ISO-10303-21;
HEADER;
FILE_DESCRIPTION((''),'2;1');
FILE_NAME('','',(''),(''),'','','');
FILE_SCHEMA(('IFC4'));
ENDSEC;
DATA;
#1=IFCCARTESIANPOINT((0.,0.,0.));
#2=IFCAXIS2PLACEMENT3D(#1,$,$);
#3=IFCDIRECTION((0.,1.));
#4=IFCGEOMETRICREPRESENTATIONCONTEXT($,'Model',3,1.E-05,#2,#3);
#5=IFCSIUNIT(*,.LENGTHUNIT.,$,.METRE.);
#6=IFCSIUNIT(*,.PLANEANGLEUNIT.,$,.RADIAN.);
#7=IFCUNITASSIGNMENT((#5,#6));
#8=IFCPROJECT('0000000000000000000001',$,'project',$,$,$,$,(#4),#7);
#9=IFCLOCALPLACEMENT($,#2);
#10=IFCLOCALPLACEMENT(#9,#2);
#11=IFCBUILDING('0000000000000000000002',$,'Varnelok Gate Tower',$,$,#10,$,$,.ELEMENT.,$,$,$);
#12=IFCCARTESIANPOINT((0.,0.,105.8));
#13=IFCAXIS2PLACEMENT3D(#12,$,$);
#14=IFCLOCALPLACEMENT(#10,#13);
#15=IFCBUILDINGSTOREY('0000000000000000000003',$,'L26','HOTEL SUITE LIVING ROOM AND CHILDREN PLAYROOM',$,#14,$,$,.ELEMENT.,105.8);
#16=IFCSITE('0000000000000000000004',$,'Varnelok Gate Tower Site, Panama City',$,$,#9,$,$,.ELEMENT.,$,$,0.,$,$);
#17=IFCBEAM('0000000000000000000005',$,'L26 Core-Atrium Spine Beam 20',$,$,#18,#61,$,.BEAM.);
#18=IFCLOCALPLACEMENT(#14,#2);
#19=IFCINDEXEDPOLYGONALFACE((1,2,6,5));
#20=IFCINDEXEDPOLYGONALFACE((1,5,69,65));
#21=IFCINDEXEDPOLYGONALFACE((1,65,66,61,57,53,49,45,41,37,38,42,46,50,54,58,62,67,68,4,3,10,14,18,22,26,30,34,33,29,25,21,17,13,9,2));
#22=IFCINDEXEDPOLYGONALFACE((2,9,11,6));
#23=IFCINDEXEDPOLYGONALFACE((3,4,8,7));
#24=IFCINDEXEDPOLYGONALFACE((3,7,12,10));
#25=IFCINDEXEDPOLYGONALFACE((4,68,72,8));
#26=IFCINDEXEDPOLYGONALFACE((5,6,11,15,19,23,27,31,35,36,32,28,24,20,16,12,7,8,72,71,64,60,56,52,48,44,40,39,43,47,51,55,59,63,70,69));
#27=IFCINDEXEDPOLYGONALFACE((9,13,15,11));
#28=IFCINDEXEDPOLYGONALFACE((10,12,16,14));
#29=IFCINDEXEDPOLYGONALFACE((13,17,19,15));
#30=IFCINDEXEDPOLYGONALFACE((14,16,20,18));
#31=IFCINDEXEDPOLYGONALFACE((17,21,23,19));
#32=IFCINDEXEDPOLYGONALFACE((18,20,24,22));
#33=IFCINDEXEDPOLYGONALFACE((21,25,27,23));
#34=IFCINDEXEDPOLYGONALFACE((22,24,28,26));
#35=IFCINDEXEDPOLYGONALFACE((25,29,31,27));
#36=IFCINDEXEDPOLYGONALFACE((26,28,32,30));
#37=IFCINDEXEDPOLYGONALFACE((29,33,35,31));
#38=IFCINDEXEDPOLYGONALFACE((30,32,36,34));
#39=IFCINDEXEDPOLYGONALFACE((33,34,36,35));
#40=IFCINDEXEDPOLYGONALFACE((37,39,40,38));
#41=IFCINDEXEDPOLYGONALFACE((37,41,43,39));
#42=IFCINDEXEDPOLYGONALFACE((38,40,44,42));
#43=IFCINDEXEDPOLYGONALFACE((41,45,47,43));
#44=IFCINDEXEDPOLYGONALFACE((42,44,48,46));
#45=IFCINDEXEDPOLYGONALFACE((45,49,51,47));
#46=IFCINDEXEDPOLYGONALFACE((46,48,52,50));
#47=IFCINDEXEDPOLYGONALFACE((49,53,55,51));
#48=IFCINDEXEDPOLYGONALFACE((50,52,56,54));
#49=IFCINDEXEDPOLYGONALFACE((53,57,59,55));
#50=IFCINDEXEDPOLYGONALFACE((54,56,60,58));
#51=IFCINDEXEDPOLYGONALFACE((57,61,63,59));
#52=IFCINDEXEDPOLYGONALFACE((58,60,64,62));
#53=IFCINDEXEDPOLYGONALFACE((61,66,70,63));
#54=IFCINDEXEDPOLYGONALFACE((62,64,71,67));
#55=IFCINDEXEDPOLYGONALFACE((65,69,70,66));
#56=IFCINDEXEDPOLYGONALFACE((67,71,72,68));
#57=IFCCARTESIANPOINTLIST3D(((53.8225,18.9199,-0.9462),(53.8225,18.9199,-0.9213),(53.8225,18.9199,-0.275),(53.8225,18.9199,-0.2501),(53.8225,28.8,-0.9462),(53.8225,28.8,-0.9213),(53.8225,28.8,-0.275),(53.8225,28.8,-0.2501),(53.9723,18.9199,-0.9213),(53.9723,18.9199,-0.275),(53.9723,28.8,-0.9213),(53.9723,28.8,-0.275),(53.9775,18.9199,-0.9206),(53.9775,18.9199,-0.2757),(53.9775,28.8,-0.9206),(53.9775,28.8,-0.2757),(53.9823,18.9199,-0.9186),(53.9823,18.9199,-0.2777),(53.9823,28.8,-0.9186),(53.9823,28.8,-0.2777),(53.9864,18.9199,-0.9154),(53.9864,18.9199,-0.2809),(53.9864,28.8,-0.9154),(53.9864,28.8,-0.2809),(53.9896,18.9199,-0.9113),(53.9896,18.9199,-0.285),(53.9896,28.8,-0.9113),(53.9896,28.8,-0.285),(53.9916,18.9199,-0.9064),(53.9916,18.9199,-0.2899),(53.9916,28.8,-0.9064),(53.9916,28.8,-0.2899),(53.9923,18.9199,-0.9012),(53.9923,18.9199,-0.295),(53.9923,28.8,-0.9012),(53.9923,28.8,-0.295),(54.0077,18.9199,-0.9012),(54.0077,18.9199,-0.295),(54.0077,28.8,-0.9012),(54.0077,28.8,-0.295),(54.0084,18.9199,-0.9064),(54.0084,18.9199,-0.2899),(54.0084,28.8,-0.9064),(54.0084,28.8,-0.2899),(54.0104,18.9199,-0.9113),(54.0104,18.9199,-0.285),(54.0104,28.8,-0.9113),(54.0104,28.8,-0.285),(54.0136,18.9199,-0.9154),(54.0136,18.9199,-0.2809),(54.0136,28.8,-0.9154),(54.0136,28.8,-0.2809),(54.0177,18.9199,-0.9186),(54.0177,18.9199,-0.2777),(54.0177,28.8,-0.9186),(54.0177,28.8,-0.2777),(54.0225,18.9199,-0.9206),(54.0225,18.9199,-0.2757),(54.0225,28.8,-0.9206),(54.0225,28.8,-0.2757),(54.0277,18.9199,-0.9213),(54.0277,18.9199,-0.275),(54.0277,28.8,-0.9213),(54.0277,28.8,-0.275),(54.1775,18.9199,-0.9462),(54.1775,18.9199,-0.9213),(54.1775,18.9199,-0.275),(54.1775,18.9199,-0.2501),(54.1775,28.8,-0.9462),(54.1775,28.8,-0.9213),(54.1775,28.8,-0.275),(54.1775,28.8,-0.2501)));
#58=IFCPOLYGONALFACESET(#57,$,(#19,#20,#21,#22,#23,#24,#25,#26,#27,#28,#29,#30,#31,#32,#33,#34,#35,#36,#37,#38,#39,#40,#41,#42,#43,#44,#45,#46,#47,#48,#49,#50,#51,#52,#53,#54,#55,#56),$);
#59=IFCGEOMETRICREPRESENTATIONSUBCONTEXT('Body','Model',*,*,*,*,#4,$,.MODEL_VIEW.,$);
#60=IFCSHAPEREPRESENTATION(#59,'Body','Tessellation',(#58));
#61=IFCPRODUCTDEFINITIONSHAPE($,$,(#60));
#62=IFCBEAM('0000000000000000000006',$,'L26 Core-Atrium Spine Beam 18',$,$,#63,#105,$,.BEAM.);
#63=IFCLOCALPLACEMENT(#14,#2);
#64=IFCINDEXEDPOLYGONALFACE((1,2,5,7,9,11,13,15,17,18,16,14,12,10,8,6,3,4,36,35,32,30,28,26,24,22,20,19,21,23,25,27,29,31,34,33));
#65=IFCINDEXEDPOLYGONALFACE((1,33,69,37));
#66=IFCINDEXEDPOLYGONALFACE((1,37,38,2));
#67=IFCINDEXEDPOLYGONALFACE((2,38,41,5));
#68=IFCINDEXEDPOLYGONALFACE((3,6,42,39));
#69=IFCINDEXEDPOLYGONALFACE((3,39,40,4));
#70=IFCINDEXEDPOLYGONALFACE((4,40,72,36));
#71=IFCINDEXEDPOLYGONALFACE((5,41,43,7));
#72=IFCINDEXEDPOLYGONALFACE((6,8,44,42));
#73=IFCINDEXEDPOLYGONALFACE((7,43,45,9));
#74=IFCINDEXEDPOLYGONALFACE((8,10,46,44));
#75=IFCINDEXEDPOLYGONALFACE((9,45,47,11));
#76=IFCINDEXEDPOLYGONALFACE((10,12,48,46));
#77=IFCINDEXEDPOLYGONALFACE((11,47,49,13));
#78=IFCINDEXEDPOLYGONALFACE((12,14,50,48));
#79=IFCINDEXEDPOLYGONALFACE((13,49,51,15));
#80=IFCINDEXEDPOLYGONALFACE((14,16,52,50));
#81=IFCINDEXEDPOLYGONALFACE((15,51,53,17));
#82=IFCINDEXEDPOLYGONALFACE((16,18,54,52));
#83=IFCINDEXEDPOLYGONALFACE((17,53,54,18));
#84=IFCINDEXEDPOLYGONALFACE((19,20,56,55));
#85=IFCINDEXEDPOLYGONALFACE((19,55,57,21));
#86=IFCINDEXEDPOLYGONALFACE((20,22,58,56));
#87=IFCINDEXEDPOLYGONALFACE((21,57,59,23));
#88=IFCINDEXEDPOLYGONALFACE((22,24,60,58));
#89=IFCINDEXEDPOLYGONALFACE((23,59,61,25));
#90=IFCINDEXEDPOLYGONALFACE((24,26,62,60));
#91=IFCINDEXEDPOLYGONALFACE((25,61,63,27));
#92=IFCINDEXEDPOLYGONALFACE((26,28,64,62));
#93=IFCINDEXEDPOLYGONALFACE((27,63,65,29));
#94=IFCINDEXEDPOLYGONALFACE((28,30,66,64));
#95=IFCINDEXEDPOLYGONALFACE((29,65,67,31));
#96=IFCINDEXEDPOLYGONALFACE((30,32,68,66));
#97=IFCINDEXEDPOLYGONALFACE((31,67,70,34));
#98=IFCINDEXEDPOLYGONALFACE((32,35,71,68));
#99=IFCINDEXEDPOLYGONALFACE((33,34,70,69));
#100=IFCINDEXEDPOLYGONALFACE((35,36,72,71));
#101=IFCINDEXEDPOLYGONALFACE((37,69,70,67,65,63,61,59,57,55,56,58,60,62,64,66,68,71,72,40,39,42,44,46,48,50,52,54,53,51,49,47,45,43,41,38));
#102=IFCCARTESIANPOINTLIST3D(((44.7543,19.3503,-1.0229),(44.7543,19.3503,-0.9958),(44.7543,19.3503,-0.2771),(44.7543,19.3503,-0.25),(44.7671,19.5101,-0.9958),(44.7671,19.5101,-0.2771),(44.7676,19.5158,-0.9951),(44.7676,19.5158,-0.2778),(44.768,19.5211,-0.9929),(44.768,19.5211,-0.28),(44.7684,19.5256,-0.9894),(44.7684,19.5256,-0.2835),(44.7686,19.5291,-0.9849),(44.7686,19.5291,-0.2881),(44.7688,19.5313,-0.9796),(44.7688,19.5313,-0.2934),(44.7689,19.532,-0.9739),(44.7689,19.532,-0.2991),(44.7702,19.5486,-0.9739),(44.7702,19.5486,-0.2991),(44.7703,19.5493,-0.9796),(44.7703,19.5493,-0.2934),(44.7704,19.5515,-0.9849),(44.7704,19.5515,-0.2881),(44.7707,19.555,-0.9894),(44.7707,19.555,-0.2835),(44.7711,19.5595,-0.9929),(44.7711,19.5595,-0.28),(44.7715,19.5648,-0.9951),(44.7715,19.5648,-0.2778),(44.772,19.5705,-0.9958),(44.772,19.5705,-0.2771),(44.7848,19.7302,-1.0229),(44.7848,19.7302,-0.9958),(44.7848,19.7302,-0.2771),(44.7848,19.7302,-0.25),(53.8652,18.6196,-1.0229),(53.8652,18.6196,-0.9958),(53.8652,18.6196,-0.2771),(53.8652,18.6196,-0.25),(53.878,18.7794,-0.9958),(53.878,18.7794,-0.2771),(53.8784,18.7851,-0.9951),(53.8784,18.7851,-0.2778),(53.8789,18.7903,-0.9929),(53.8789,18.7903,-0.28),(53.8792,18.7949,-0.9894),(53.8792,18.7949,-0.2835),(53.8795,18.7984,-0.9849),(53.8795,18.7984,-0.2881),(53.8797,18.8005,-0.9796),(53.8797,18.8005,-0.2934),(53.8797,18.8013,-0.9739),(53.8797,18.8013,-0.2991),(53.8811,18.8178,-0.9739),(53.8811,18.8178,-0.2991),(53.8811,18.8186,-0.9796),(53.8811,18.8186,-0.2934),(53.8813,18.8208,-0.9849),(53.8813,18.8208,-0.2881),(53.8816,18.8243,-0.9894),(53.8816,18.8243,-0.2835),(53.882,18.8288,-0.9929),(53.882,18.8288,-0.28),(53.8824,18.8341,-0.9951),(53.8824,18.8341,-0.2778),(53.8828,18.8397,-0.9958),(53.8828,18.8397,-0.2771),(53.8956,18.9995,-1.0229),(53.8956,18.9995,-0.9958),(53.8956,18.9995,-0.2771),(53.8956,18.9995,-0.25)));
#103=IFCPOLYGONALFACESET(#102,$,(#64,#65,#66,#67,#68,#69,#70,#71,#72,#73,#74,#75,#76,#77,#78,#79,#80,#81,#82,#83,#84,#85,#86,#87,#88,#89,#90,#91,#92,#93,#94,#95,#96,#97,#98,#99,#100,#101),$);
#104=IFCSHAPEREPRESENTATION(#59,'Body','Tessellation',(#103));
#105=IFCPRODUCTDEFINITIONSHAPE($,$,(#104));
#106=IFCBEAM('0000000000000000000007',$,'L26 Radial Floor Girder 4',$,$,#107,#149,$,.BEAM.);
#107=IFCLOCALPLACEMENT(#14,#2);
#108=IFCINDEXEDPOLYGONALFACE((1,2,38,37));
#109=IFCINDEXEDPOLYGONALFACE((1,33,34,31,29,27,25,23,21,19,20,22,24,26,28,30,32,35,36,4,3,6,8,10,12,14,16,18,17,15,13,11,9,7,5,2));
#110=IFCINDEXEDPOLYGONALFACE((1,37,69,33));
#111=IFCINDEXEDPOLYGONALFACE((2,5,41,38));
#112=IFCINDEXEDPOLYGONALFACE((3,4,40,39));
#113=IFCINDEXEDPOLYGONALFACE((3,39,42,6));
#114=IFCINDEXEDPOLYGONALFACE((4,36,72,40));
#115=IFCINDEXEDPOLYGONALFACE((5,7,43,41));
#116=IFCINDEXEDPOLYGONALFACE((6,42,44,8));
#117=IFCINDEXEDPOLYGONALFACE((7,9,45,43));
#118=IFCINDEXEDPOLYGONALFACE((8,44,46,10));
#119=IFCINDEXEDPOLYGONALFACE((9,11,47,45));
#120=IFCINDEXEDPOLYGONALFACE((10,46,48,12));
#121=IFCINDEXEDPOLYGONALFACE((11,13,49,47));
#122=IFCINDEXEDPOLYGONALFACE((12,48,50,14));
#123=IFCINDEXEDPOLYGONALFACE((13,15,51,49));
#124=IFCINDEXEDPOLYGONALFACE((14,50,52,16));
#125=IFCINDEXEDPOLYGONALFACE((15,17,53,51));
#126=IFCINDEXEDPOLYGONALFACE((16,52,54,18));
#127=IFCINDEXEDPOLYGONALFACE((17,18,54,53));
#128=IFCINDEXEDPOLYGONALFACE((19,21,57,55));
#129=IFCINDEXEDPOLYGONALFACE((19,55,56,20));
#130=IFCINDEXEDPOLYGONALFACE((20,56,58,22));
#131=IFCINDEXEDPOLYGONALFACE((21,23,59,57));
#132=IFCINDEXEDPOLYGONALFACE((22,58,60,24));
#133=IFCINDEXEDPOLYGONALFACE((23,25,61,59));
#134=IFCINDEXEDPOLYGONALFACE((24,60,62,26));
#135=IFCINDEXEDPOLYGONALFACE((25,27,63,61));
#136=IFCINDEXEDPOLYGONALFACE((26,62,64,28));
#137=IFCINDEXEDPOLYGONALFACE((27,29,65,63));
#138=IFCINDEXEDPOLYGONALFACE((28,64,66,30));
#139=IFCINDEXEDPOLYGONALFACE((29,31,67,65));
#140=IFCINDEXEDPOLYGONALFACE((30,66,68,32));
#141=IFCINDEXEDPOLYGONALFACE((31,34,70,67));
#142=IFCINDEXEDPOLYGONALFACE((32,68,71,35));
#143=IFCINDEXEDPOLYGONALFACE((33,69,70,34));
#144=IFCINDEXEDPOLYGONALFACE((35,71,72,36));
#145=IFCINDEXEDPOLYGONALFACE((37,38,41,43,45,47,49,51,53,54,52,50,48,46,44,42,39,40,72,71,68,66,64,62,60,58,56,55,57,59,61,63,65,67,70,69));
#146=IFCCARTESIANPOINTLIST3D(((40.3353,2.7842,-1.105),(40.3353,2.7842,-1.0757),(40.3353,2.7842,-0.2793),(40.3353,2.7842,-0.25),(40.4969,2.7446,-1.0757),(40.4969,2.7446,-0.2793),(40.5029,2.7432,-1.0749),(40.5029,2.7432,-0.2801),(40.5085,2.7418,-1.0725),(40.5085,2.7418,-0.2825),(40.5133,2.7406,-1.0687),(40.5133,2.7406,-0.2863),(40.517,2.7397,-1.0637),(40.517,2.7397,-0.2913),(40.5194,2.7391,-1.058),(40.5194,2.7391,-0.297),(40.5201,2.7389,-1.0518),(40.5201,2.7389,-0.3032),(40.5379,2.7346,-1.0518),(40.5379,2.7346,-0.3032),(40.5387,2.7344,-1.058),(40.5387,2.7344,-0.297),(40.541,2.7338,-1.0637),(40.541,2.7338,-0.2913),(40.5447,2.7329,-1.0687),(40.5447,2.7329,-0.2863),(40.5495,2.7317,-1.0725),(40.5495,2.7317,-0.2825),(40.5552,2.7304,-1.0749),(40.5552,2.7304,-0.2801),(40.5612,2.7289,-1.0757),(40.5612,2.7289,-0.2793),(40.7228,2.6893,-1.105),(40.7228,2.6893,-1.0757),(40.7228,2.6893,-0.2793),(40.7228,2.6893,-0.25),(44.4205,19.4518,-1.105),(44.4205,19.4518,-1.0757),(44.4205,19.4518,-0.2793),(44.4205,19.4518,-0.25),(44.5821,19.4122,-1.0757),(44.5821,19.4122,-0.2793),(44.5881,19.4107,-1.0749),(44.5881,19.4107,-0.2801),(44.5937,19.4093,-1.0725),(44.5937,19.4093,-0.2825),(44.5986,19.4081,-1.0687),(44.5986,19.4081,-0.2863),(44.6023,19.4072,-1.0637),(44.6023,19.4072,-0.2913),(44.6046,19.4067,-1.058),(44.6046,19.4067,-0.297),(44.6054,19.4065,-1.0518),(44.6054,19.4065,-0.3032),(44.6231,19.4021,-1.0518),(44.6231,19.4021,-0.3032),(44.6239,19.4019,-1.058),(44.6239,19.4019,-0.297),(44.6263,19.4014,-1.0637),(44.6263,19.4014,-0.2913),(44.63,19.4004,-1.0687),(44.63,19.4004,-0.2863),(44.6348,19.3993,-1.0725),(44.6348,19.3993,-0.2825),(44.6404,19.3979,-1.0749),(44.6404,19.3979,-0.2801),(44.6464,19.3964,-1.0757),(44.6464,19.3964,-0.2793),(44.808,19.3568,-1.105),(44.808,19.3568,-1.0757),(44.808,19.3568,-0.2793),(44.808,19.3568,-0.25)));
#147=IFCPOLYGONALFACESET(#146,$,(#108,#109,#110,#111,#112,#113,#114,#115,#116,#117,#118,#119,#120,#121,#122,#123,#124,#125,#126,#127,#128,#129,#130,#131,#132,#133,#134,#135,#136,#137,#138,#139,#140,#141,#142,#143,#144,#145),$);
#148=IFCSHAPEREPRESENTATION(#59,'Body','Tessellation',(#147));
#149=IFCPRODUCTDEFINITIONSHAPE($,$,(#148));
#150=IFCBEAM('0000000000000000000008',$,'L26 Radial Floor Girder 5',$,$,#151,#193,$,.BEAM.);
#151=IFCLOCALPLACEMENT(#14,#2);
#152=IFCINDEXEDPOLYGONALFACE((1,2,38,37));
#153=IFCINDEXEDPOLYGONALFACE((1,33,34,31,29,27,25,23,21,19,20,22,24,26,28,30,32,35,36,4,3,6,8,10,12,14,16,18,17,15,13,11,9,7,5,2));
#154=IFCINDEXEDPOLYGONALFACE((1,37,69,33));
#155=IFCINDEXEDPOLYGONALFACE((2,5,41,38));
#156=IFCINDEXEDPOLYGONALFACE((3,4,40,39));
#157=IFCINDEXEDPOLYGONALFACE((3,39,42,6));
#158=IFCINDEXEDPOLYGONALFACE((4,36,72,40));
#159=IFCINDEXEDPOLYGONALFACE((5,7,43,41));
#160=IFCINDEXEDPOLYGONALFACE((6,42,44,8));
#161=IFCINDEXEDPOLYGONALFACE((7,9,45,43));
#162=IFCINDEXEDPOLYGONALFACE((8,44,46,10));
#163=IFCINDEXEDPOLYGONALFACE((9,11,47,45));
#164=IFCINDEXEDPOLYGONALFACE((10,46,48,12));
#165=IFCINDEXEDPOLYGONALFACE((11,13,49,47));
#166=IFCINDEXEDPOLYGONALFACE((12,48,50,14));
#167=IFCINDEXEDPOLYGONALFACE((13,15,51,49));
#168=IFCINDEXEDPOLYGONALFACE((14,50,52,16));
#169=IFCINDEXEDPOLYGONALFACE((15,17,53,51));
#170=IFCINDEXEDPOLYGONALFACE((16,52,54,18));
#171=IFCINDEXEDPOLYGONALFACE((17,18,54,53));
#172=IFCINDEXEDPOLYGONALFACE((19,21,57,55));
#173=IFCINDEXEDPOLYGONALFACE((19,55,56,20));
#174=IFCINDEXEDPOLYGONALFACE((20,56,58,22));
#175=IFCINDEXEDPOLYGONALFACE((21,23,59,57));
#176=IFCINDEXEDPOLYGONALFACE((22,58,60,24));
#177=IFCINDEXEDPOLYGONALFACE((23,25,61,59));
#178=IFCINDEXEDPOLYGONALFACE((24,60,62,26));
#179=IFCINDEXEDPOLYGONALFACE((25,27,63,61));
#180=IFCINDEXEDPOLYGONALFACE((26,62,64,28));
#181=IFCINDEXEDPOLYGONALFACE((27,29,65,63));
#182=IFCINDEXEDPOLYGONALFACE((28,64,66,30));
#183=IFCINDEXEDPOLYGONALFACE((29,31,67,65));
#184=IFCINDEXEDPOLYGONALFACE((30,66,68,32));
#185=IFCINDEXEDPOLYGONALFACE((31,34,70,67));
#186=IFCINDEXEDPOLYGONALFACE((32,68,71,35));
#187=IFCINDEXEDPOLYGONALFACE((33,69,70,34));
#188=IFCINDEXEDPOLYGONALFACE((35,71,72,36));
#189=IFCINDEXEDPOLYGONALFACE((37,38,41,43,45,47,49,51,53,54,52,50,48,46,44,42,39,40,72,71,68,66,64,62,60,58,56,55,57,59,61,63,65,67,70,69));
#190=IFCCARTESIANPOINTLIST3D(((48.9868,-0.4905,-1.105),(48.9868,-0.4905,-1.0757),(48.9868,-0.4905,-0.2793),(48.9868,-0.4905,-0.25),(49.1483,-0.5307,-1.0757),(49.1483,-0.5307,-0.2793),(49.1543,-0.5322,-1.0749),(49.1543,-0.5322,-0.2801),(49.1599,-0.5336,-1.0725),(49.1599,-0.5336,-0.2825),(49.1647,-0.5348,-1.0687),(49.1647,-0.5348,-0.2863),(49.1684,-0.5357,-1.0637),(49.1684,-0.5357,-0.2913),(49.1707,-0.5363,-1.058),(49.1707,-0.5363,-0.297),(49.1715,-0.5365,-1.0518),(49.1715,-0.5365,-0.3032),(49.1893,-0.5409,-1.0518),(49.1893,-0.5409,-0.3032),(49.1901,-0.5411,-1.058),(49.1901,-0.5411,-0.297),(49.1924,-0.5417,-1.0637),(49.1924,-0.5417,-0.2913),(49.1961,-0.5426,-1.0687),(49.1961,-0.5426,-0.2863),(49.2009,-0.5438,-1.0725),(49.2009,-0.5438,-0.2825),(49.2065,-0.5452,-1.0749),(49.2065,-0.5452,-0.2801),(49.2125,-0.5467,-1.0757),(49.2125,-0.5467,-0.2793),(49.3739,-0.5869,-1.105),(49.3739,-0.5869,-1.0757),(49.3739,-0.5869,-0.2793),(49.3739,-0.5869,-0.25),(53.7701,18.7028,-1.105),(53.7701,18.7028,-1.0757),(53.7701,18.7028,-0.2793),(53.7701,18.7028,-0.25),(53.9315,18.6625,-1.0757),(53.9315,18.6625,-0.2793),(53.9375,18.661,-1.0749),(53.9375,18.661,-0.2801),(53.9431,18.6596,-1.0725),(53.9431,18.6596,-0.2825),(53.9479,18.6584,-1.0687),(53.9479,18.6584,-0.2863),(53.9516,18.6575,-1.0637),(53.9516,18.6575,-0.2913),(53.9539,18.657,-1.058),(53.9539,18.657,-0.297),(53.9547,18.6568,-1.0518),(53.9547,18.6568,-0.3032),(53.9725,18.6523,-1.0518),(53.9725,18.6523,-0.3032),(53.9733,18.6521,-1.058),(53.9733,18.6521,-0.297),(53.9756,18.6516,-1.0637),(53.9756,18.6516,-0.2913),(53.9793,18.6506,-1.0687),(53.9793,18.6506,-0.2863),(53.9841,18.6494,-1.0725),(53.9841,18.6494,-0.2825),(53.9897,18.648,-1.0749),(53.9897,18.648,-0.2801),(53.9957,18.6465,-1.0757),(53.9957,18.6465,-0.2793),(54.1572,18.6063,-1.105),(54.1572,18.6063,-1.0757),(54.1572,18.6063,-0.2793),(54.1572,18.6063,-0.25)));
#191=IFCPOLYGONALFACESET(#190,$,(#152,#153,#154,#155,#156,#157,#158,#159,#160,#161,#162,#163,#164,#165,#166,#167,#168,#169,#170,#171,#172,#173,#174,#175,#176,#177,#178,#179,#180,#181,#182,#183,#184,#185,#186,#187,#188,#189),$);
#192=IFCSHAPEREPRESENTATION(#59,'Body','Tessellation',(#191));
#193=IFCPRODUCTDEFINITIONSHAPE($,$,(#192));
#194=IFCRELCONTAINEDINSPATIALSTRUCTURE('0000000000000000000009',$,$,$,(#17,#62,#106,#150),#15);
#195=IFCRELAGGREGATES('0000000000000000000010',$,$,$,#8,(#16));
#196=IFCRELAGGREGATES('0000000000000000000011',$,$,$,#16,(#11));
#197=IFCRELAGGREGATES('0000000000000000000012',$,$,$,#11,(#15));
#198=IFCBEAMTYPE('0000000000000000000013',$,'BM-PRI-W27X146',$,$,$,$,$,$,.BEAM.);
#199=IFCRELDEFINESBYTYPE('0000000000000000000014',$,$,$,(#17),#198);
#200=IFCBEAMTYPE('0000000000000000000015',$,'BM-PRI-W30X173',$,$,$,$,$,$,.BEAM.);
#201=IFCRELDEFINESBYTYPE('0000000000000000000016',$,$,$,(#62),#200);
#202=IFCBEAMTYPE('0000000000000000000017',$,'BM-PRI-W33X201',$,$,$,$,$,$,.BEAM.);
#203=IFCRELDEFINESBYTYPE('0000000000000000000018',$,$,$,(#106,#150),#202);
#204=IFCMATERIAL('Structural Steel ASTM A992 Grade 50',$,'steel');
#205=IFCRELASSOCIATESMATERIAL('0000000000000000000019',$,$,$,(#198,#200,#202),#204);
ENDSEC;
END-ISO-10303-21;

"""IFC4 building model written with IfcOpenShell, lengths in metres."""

from ifc_helpers import new_model, si_unit, direction, frame, origin, origin_2d, place, context, subcontext, project, spatial, i_section, extrude, material, material_profile, profile_set, type_object, element, save


model = new_model("IFC4")

# Units and contexts
model_context = context("Model", 3, precision=1e-05, world=origin(), true_north=direction((0.0, 1.0)))
body_context = subcontext(model_context, "Body", "Model", "MODEL_VIEW")
ifc_project = project(units=[si_unit("LENGTHUNIT", "METRE"), si_unit("PLANEANGLEUNIT", "RADIAN")], contexts=[model_context])

# Site, building, storey
site_placement = place(None, origin())
site = spatial("IfcSite", under=ifc_project, at=site_placement, Name="Varnelok Gate Tower Site, Panama City", CompositionType="ELEMENT", RefElevation=0.0)
building_placement = place(site_placement, origin())
building = spatial("IfcBuilding", under=site, at=building_placement, Name="Varnelok Gate Tower", CompositionType="ELEMENT")
storey_placement = place(building_placement, frame((0.0, 0.0, 105.8)))
storey = spatial("IfcBuildingStorey", under=building, at=storey_placement, Name="L26", Description="HOTEL SUITE LIVING ROOM AND CHILDREN PLAYROOM", CompositionType="ELEMENT", Elevation=105.8)

# Shared definitions
ifc_material_1 = material(Name="Structural Steel ASTM A992 Grade 50", Category="steel")

# Beams
ifc_material_profile_1 = material_profile(ifc_material_1, i_section(OverallWidth=0.355, OverallDepth=0.696, WebThickness=0.0154, FlangeThickness=0.0249, FilletRadius=0.02, at=origin_2d()), Name="W27X146")
ifc_profile_set_1 = profile_set([ifc_material_profile_1], Name="Structural Steel ASTM A992 Grade 50")
beam_type_1 = type_object("IfcBeamType", Name="BM-PRI-W27X146", PredefinedType="BEAM", material=ifc_profile_set_1)
beam_1_placement = place(storey_placement, frame((54.0, 18.9199, -0.5981), z_axis=(0.0, 1.0, 0.0), x_axis=(-1.0, 0.0, 0.0)))
element("IfcBeam", 1, at=beam_1_placement, inside=storey, type_object=beam_type_1, Name="L26 Core-Atrium Spine Beam 20", PredefinedType="BEAM", context=body_context, shape_type="SweptSolid", body=[
    extrude(i_section(OverallWidth=0.355, OverallDepth=0.696, WebThickness=0.0154, FlangeThickness=0.0249, FilletRadius=0.02, at=origin_2d()), origin(), (0.0, 0.0, 1.0), 9.8801),
])
ifc_material_profile_2 = material_profile(ifc_material_1, i_section(OverallWidth=0.3811, OverallDepth=0.7729, WebThickness=0.0166, FlangeThickness=0.0271, FilletRadius=0.022, at=origin_2d()), Name="W30X173")
ifc_profile_set_2 = profile_set([ifc_material_profile_2], Name="Structural Steel ASTM A992 Grade 50")
beam_type_2 = type_object("IfcBeamType", Name="BM-PRI-W30X173", PredefinedType="BEAM", material=ifc_profile_set_2)
beam_2_placement = place(storey_placement, frame((44.7695, 19.5403, -0.6365), z_axis=(0.996799, -0.079946, 0.0), x_axis=(0.079946, 0.996799, 0.0)))
element("IfcBeam", 2, at=beam_2_placement, inside=storey, type_object=beam_type_2, Name="L26 Core-Atrium Spine Beam 18", PredefinedType="BEAM", context=body_context, shape_type="SweptSolid", body=[
    extrude(i_section(OverallWidth=0.3811, OverallDepth=0.7729, WebThickness=0.0166, FlangeThickness=0.0271, FilletRadius=0.022, at=origin_2d()), origin(), (0.0, 0.0, 1.0), 9.1401),
])
ifc_material_profile_3 = material_profile(ifc_material_1, i_section(OverallWidth=0.3989, OverallDepth=0.855, WebThickness=0.0183, FlangeThickness=0.0293, FilletRadius=0.0239, at=origin_2d()), Name="W33X201")
ifc_profile_set_3 = profile_set([ifc_material_profile_3], Name="Structural Steel ASTM A992 Grade 50")
beam_type_3 = type_object("IfcBeamType", Name="BM-PRI-W33X201", PredefinedType="BEAM", material=ifc_profile_set_3)
beam_3_placement = place(storey_placement, frame((44.6143, 19.4043, -0.6775), z_axis=(-0.238054, -0.971252, 0.0), x_axis=(0.971252, -0.238054, 0.0)))
element("IfcBeam", 3, at=beam_3_placement, inside=storey, type_object=beam_type_3, Name="L26 Radial Floor Girder 4", PredefinedType="BEAM", context=body_context, shape_type="SweptSolid", body=[
    extrude(i_section(OverallWidth=0.3989, OverallDepth=0.855, WebThickness=0.0183, FlangeThickness=0.0293, FilletRadius=0.0239, at=origin_2d()), origin(), (0.0, 0.0, 1.0), 17.1609),
])
beam_4_placement = place(storey_placement, frame((53.9636, 18.6545, -0.6775), z_axis=(-0.241818, -0.970322, 0.0), x_axis=(0.970322, -0.241818, 0.0)))
element("IfcBeam", 4, at=beam_4_placement, inside=storey, type_object=beam_type_3, Name="L26 Radial Floor Girder 5", PredefinedType="BEAM", context=body_context, shape_type="SweptSolid", body=[
    extrude(i_section(OverallWidth=0.3989, OverallDepth=0.855, WebThickness=0.0183, FlangeThickness=0.0293, FilletRadius=0.0239, at=origin_2d()), origin(), (0.0, 0.0, 1.0), 19.7803),
])

save(model, "model.ifc")
